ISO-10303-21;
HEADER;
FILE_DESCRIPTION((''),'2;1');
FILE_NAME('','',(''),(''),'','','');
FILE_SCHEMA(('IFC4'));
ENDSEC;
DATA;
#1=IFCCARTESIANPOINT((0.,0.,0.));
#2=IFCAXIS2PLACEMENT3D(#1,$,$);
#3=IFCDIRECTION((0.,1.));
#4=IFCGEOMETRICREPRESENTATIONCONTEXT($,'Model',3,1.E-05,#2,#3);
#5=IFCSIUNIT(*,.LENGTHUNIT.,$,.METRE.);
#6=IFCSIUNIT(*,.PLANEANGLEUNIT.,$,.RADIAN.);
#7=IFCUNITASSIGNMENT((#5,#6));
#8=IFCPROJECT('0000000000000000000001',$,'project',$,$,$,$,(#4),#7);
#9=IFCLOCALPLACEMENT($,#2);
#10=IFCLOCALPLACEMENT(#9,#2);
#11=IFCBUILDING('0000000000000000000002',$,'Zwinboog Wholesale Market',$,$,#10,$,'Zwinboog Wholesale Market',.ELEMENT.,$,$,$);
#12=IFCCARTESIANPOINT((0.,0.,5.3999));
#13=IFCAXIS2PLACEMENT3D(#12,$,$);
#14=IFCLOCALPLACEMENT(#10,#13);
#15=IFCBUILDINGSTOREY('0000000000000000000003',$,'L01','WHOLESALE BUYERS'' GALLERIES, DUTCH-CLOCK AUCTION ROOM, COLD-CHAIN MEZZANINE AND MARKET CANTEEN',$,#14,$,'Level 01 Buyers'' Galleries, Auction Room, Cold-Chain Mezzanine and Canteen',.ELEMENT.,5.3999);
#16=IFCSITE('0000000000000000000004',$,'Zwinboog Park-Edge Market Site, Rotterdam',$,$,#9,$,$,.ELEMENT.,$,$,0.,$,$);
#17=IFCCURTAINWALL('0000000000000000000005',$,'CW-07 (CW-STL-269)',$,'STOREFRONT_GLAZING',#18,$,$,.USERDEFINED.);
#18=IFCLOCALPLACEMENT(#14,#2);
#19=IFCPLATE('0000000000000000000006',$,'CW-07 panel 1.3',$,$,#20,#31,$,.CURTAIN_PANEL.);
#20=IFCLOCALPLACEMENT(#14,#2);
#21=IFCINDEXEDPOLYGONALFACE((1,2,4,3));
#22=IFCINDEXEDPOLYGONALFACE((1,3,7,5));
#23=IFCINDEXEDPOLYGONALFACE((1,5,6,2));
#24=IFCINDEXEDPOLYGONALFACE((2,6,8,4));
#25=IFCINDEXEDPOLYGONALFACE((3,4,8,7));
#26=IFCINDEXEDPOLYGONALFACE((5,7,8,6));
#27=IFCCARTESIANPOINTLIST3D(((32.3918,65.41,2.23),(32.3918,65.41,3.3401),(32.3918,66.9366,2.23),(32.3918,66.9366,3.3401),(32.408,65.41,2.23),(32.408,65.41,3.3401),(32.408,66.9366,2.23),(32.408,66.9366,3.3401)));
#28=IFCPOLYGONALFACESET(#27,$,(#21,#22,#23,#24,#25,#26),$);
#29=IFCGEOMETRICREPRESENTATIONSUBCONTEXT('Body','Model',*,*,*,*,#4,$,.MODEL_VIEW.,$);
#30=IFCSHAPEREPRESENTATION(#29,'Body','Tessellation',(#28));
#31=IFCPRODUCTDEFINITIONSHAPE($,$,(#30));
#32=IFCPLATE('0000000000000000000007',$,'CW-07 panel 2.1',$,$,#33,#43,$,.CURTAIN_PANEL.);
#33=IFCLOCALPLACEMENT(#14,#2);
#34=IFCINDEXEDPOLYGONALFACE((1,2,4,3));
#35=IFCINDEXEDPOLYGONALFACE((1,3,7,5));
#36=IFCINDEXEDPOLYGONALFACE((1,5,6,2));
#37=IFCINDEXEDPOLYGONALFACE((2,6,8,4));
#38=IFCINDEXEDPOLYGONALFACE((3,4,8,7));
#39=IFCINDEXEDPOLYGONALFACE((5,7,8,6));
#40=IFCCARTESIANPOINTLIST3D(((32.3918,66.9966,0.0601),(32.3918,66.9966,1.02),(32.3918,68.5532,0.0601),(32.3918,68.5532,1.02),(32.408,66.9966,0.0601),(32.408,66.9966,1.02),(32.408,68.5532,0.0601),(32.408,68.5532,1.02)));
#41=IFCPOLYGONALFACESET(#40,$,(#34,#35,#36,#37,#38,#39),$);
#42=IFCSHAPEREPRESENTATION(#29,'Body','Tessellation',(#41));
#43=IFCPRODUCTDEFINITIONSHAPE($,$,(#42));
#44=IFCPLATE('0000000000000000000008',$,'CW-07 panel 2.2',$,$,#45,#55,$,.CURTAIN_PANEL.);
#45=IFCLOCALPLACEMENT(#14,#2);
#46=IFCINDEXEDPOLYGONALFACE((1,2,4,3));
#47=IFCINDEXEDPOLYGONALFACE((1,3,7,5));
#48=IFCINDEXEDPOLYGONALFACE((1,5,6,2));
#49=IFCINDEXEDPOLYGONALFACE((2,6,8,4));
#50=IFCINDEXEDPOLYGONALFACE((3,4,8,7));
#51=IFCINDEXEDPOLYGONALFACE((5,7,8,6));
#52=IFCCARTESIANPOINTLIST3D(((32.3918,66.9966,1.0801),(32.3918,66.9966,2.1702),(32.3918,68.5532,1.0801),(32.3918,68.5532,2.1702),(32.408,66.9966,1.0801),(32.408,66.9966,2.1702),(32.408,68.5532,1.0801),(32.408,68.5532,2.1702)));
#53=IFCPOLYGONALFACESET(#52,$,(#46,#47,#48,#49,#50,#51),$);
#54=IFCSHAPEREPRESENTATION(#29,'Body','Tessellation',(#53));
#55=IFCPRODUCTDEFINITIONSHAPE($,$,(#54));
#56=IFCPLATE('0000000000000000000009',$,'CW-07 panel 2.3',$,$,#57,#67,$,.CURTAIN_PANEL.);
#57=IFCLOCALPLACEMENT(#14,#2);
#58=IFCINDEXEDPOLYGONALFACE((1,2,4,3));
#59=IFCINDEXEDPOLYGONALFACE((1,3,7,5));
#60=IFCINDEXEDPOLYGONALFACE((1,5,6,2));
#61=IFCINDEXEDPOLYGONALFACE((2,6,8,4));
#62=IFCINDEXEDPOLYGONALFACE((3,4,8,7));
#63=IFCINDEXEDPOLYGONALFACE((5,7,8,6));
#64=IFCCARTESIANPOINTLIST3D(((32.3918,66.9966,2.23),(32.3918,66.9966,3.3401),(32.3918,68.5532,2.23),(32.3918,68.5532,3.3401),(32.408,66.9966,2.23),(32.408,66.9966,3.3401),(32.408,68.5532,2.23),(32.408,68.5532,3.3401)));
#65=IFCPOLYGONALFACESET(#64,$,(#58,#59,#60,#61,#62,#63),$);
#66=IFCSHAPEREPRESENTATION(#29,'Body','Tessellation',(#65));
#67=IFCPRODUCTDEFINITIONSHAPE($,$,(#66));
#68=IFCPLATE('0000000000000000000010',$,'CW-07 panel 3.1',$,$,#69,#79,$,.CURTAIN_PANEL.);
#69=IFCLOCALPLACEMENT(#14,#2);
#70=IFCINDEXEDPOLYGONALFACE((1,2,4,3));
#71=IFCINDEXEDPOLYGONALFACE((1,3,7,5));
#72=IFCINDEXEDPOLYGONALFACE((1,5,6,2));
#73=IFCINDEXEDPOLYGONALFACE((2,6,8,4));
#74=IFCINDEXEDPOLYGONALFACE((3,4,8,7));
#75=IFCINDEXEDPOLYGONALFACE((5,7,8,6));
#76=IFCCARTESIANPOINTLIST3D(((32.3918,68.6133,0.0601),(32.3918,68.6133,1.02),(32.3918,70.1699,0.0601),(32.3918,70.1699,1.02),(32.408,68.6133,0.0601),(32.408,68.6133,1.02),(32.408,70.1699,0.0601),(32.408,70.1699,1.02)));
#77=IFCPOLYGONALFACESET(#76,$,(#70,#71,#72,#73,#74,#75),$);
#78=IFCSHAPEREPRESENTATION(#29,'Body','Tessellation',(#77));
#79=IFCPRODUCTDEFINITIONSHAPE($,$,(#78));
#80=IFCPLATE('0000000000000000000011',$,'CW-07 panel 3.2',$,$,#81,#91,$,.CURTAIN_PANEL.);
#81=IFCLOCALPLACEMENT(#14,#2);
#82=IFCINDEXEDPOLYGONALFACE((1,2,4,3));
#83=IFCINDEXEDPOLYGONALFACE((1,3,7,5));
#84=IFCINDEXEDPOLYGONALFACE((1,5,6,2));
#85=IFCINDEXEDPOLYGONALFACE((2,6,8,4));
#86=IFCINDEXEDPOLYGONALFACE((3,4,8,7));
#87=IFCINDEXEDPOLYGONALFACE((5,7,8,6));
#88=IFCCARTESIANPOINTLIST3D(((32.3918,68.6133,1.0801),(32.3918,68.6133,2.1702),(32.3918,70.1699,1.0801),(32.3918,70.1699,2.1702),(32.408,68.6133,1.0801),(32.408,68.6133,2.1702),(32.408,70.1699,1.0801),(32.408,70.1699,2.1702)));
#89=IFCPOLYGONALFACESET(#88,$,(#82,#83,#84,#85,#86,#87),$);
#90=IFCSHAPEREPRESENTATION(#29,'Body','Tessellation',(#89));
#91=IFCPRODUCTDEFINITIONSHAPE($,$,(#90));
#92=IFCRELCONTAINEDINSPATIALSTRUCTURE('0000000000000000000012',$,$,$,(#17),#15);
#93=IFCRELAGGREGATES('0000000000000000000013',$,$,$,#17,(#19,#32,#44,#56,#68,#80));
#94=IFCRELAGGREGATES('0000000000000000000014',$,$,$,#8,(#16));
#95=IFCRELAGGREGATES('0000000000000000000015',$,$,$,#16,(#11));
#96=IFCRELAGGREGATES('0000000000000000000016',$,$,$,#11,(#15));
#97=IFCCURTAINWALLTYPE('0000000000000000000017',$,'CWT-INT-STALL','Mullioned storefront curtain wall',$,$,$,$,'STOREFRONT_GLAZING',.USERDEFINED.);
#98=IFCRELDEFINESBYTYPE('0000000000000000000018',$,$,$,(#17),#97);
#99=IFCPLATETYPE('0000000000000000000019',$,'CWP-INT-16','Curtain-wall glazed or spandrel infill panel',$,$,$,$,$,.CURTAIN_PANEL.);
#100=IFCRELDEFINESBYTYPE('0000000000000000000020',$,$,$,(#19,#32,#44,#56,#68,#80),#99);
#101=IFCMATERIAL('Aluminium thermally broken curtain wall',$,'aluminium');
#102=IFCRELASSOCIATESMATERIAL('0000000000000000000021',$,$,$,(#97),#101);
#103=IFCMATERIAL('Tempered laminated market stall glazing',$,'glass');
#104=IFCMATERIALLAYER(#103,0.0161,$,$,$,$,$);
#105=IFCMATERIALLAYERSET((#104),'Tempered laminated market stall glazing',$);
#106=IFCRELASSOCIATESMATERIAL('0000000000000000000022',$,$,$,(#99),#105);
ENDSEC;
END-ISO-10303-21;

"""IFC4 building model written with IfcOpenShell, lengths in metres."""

from ifc_helpers import new_model, si_unit, direction, frame, origin, origin_2d, place, context, subcontext, project, spatial, rectangle, extrude, material, layer, layer_set, type_object, element, aggregate, save


model = new_model("IFC4")

# Units and contexts
model_context = context("Model", 3, precision=1e-05, world=origin(), true_north=direction((0.0, 1.0)))
body_context = subcontext(model_context, "Body", "Model", "MODEL_VIEW")
ifc_project = project(units=[si_unit("LENGTHUNIT", "METRE"), si_unit("PLANEANGLEUNIT", "RADIAN")], contexts=[model_context])

# Site, building, storey
site_placement = place(None, origin())
site = spatial("IfcSite", under=ifc_project, at=site_placement, Name="Zwinboog Park-Edge Market Site, Rotterdam", CompositionType="ELEMENT", RefElevation=0.0)
building_placement = place(site_placement, origin())
building = spatial("IfcBuilding", under=site, at=building_placement, Name="Zwinboog Wholesale Market", LongName="Zwinboog Wholesale Market", CompositionType="ELEMENT")
storey_placement = place(building_placement, frame((0.0, 0.0, 5.3999)))
storey = spatial("IfcBuildingStorey", under=building, at=storey_placement, Name="L01", Description="WHOLESALE BUYERS' GALLERIES, DUTCH-CLOCK AUCTION ROOM, COLD-CHAIN MEZZANINE AND MARKET CANTEEN", LongName="Level 01 Buyers' Galleries, Auction Room, Cold-Chain Mezzanine and Canteen", CompositionType="ELEMENT", Elevation=5.3999)

# Curtain wall, plates
ifc_material_1 = material(Name="Aluminium thermally broken curtain wall", Category="aluminium")
curtain_wall_type = type_object("IfcCurtainWallType", Name="CWT-INT-STALL", Description="Mullioned storefront curtain wall", ElementType="STOREFRONT_GLAZING", PredefinedType="USERDEFINED", material=ifc_material_1)
curtain_wall_placement = place(storey_placement, origin())
curtain_wall = element("IfcCurtainWall", 1, at=curtain_wall_placement, inside=storey, type_object=curtain_wall_type, Name="CW-07 (CW-STL-269)", ObjectType="STOREFRONT_GLAZING", PredefinedType="USERDEFINED")
ifc_material_2 = material(Name="Tempered laminated market stall glazing", Category="glass")
ifc_layer = layer(ifc_material_2, 0.0161)
ifc_layer_set = layer_set([ifc_layer], Name="Tempered laminated market stall glazing")
plate_type = type_object("IfcPlateType", Name="CWP-INT-16", Description="Curtain-wall glazed or spandrel infill panel", PredefinedType="CURTAIN_PANEL", material=ifc_layer_set)
plate_1_placement = place(storey_placement, frame((32.3999, 66.1733, 2.23), z_axis=(0.0, 0.0, 1.0), x_axis=(0.0, 1.0, 0.0)))
plate_1 = element("IfcPlate", 2, at=plate_1_placement, type_object=plate_type, Name="CW-07 panel 1.3", PredefinedType="CURTAIN_PANEL", context=body_context, shape_type="SweptSolid", body=[
    extrude(rectangle(XDim=1.5266, YDim=0.0161, at=origin_2d()), origin(), (0.0, 0.0, 1.0), 1.1101),
])
plate_2_placement = place(storey_placement, frame((32.3999, 67.7749, 0.0601), z_axis=(0.0, 0.0, 1.0), x_axis=(0.0, 1.0, 0.0)))
plate_2 = element("IfcPlate", 3, at=plate_2_placement, type_object=plate_type, Name="CW-07 panel 2.1", PredefinedType="CURTAIN_PANEL", context=body_context, shape_type="SweptSolid", body=[
    extrude(rectangle(XDim=1.5566, YDim=0.0161, at=origin_2d()), origin(), (0.0, 0.0, 1.0), 0.96),
])
plate_3_placement = place(storey_placement, frame((32.3999, 67.7749, 1.0801), z_axis=(0.0, 0.0, 1.0), x_axis=(0.0, 1.0, 0.0)))
plate_3 = element("IfcPlate", 4, at=plate_3_placement, type_object=plate_type, Name="CW-07 panel 2.2", PredefinedType="CURTAIN_PANEL", context=body_context, shape_type="SweptSolid", body=[
    extrude(rectangle(XDim=1.5566, YDim=0.0161, at=origin_2d()), origin(), (0.0, 0.0, 1.0), 1.0901),
])
plate_4_placement = place(storey_placement, frame((32.3999, 67.7749, 2.23), z_axis=(0.0, 0.0, 1.0), x_axis=(0.0, 1.0, 0.0)))
plate_4 = element("IfcPlate", 5, at=plate_4_placement, type_object=plate_type, Name="CW-07 panel 2.3", PredefinedType="CURTAIN_PANEL", context=body_context, shape_type="SweptSolid", body=[
    extrude(rectangle(XDim=1.5566, YDim=0.0161, at=origin_2d()), origin(), (0.0, 0.0, 1.0), 1.1101),
])
plate_5_placement = place(storey_placement, frame((32.3999, 69.3916, 0.0601), z_axis=(0.0, 0.0, 1.0), x_axis=(0.0, 1.0, 0.0)))
plate_5 = element("IfcPlate", 6, at=plate_5_placement, type_object=plate_type, Name="CW-07 panel 3.1", PredefinedType="CURTAIN_PANEL", context=body_context, shape_type="SweptSolid", body=[
    extrude(rectangle(XDim=1.5566, YDim=0.0161, at=origin_2d()), origin(), (0.0, 0.0, 1.0), 0.96),
])
plate_6_placement = place(storey_placement, frame((32.3999, 69.3916, 1.0801), z_axis=(0.0, 0.0, 1.0), x_axis=(0.0, 1.0, 0.0)))
plate_6 = element("IfcPlate", 7, at=plate_6_placement, type_object=plate_type, Name="CW-07 panel 3.2", PredefinedType="CURTAIN_PANEL", context=body_context, shape_type="SweptSolid", body=[
    extrude(rectangle(XDim=1.5566, YDim=0.0161, at=origin_2d()), origin(), (0.0, 0.0, 1.0), 1.0901),
])
aggregate(curtain_wall, [plate_1, plate_2, plate_3, plate_4, plate_5, plate_6])

save(model, "model.ifc")
